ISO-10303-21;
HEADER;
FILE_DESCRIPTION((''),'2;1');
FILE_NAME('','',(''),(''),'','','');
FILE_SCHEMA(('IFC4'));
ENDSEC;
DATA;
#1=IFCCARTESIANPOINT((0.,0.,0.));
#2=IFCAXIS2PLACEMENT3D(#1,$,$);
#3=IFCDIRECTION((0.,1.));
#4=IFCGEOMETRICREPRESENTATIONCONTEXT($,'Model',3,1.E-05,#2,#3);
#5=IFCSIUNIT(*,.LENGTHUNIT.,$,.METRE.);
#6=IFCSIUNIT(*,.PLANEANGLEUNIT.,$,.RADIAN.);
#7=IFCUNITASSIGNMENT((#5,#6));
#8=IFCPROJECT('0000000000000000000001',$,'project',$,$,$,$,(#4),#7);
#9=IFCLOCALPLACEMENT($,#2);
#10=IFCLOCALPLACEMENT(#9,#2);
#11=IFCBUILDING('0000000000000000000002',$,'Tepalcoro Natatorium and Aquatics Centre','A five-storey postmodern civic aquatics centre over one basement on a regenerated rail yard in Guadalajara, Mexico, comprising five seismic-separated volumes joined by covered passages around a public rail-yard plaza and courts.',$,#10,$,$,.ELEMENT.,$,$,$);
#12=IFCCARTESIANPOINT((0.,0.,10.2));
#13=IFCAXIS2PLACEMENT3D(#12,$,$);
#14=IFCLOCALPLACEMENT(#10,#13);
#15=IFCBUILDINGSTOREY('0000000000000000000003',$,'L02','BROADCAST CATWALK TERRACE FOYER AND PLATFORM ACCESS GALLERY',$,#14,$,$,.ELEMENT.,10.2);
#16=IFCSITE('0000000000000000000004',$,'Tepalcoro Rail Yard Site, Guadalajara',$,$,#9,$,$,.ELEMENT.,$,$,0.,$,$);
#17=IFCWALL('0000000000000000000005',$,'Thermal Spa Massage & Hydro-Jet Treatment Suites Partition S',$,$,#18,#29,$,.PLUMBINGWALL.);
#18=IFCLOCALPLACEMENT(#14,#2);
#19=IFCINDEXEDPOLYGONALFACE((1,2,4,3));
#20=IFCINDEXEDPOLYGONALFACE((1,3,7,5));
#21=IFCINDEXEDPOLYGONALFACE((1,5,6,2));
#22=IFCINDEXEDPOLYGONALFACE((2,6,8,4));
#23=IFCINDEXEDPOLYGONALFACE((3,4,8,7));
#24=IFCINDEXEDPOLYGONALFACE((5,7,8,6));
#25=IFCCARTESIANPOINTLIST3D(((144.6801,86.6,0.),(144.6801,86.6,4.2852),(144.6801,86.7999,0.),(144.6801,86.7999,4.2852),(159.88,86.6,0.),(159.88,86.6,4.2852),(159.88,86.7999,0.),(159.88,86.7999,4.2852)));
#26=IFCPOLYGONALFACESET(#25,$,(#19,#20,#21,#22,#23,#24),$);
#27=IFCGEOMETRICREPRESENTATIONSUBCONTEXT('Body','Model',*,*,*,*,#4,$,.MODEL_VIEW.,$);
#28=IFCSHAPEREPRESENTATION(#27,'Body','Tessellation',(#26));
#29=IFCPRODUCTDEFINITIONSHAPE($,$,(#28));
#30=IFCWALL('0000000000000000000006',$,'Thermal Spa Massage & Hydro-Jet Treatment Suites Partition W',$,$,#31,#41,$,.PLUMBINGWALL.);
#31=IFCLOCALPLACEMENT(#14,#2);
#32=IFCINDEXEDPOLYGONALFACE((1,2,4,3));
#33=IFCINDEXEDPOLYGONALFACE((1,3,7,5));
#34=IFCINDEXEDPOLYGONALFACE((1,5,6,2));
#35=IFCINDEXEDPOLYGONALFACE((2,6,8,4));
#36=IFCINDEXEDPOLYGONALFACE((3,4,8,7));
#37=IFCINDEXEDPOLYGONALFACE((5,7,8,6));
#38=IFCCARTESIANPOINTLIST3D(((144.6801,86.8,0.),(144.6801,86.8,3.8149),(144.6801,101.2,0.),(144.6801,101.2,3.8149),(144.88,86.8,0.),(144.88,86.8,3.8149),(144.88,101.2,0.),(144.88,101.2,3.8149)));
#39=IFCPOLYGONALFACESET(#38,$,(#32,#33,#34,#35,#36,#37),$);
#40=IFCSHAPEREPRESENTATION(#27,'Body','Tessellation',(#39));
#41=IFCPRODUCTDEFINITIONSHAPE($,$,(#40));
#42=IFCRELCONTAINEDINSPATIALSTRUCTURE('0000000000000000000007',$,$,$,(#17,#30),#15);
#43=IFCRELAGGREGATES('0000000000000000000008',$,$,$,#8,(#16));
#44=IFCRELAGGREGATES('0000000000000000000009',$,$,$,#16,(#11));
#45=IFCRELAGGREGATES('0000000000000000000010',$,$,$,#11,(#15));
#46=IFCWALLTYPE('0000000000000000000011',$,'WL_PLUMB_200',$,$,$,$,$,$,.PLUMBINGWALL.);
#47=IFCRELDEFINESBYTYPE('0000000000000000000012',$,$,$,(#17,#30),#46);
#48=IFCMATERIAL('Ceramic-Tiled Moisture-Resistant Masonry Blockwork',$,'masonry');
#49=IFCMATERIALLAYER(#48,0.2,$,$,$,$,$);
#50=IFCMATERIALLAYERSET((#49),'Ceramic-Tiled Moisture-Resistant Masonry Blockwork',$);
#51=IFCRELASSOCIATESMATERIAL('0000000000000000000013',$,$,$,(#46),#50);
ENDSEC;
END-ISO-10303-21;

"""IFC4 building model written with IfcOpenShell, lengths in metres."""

from ifc_helpers import new_model, si_unit, direction, frame, frame_2d, origin, place, context, subcontext, project, spatial, rectangle, extrude, material, layer, layer_set, type_object, element, save


model = new_model("IFC4")

# Units and contexts
model_context = context("Model", 3, precision=1e-05, world=origin(), true_north=direction((0.0, 1.0)))
body_context = subcontext(model_context, "Body", "Model", "MODEL_VIEW")
ifc_project = project(units=[si_unit("LENGTHUNIT", "METRE"), si_unit("PLANEANGLEUNIT", "RADIAN")], contexts=[model_context])

# Site, building, storey
site_placement = place(None, origin())
site = spatial("IfcSite", under=ifc_project, at=site_placement, Name="Tepalcoro Rail Yard Site, Guadalajara", CompositionType="ELEMENT", RefElevation=0.0)
building_placement = place(site_placement, origin())
building = spatial("IfcBuilding", under=site, at=building_placement, Name="Tepalcoro Natatorium and Aquatics Centre", Description="A five-storey postmodern civic aquatics centre over one basement on a regenerated rail yard in Guadalajara, Mexico, comprising five seismic-separated volumes joined by covered passages around a public rail-yard plaza and courts.", CompositionType="ELEMENT")
storey_placement = place(building_placement, frame((0.0, 0.0, 10.2)))
storey = spatial("IfcBuildingStorey", under=building, at=storey_placement, Name="L02", Description="BROADCAST CATWALK TERRACE FOYER AND PLATFORM ACCESS GALLERY", CompositionType="ELEMENT", Elevation=10.2)

# Walls
ifc_material_1 = material(Name="Ceramic-Tiled Moisture-Resistant Masonry Blockwork", Category="masonry")
ifc_layer_1 = layer(ifc_material_1, 0.2)
ifc_layer_set_1 = layer_set([ifc_layer_1], Name="Ceramic-Tiled Moisture-Resistant Masonry Blockwork")
wall_type_1 = type_object("IfcWallType", Name="WL_PLUMB_200", PredefinedType="PLUMBINGWALL", material=ifc_layer_set_1)
wall_1_placement = place(storey_placement, frame((144.6799, 86.7, 0.0), z_axis=(0.0, 0.0, 1.0), x_axis=(1.0, 0.0, 0.0)))
element("IfcWall", 1, at=wall_1_placement, inside=storey, type_object=wall_type_1, Name="Thermal Spa Massage & Hydro-Jet Treatment Suites Partition S", PredefinedType="PLUMBINGWALL", context=body_context, shape_type="SweptSolid", body=[
    extrude(rectangle(XDim=15.2, YDim=0.2, at=frame_2d((7.6001, 0.0))), origin(), (0.0, 0.0, 1.0), 4.2852),
])
wall_2_placement = place(storey_placement, frame((144.78, 86.8, 0.0), z_axis=(0.0, 0.0, 1.0), x_axis=(0.0, 1.0, 0.0)))
element("IfcWall", 2, at=wall_2_placement, inside=storey, type_object=wall_type_1, Name="Thermal Spa Massage & Hydro-Jet Treatment Suites Partition W", PredefinedType="PLUMBINGWALL", context=body_context, shape_type="SweptSolid", body=[
    extrude(rectangle(XDim=14.3999, YDim=0.2, at=frame_2d((7.2, 0.0))), origin(), (0.0, 0.0, 1.0), 3.8149),
])

save(model, "model.ifc")
